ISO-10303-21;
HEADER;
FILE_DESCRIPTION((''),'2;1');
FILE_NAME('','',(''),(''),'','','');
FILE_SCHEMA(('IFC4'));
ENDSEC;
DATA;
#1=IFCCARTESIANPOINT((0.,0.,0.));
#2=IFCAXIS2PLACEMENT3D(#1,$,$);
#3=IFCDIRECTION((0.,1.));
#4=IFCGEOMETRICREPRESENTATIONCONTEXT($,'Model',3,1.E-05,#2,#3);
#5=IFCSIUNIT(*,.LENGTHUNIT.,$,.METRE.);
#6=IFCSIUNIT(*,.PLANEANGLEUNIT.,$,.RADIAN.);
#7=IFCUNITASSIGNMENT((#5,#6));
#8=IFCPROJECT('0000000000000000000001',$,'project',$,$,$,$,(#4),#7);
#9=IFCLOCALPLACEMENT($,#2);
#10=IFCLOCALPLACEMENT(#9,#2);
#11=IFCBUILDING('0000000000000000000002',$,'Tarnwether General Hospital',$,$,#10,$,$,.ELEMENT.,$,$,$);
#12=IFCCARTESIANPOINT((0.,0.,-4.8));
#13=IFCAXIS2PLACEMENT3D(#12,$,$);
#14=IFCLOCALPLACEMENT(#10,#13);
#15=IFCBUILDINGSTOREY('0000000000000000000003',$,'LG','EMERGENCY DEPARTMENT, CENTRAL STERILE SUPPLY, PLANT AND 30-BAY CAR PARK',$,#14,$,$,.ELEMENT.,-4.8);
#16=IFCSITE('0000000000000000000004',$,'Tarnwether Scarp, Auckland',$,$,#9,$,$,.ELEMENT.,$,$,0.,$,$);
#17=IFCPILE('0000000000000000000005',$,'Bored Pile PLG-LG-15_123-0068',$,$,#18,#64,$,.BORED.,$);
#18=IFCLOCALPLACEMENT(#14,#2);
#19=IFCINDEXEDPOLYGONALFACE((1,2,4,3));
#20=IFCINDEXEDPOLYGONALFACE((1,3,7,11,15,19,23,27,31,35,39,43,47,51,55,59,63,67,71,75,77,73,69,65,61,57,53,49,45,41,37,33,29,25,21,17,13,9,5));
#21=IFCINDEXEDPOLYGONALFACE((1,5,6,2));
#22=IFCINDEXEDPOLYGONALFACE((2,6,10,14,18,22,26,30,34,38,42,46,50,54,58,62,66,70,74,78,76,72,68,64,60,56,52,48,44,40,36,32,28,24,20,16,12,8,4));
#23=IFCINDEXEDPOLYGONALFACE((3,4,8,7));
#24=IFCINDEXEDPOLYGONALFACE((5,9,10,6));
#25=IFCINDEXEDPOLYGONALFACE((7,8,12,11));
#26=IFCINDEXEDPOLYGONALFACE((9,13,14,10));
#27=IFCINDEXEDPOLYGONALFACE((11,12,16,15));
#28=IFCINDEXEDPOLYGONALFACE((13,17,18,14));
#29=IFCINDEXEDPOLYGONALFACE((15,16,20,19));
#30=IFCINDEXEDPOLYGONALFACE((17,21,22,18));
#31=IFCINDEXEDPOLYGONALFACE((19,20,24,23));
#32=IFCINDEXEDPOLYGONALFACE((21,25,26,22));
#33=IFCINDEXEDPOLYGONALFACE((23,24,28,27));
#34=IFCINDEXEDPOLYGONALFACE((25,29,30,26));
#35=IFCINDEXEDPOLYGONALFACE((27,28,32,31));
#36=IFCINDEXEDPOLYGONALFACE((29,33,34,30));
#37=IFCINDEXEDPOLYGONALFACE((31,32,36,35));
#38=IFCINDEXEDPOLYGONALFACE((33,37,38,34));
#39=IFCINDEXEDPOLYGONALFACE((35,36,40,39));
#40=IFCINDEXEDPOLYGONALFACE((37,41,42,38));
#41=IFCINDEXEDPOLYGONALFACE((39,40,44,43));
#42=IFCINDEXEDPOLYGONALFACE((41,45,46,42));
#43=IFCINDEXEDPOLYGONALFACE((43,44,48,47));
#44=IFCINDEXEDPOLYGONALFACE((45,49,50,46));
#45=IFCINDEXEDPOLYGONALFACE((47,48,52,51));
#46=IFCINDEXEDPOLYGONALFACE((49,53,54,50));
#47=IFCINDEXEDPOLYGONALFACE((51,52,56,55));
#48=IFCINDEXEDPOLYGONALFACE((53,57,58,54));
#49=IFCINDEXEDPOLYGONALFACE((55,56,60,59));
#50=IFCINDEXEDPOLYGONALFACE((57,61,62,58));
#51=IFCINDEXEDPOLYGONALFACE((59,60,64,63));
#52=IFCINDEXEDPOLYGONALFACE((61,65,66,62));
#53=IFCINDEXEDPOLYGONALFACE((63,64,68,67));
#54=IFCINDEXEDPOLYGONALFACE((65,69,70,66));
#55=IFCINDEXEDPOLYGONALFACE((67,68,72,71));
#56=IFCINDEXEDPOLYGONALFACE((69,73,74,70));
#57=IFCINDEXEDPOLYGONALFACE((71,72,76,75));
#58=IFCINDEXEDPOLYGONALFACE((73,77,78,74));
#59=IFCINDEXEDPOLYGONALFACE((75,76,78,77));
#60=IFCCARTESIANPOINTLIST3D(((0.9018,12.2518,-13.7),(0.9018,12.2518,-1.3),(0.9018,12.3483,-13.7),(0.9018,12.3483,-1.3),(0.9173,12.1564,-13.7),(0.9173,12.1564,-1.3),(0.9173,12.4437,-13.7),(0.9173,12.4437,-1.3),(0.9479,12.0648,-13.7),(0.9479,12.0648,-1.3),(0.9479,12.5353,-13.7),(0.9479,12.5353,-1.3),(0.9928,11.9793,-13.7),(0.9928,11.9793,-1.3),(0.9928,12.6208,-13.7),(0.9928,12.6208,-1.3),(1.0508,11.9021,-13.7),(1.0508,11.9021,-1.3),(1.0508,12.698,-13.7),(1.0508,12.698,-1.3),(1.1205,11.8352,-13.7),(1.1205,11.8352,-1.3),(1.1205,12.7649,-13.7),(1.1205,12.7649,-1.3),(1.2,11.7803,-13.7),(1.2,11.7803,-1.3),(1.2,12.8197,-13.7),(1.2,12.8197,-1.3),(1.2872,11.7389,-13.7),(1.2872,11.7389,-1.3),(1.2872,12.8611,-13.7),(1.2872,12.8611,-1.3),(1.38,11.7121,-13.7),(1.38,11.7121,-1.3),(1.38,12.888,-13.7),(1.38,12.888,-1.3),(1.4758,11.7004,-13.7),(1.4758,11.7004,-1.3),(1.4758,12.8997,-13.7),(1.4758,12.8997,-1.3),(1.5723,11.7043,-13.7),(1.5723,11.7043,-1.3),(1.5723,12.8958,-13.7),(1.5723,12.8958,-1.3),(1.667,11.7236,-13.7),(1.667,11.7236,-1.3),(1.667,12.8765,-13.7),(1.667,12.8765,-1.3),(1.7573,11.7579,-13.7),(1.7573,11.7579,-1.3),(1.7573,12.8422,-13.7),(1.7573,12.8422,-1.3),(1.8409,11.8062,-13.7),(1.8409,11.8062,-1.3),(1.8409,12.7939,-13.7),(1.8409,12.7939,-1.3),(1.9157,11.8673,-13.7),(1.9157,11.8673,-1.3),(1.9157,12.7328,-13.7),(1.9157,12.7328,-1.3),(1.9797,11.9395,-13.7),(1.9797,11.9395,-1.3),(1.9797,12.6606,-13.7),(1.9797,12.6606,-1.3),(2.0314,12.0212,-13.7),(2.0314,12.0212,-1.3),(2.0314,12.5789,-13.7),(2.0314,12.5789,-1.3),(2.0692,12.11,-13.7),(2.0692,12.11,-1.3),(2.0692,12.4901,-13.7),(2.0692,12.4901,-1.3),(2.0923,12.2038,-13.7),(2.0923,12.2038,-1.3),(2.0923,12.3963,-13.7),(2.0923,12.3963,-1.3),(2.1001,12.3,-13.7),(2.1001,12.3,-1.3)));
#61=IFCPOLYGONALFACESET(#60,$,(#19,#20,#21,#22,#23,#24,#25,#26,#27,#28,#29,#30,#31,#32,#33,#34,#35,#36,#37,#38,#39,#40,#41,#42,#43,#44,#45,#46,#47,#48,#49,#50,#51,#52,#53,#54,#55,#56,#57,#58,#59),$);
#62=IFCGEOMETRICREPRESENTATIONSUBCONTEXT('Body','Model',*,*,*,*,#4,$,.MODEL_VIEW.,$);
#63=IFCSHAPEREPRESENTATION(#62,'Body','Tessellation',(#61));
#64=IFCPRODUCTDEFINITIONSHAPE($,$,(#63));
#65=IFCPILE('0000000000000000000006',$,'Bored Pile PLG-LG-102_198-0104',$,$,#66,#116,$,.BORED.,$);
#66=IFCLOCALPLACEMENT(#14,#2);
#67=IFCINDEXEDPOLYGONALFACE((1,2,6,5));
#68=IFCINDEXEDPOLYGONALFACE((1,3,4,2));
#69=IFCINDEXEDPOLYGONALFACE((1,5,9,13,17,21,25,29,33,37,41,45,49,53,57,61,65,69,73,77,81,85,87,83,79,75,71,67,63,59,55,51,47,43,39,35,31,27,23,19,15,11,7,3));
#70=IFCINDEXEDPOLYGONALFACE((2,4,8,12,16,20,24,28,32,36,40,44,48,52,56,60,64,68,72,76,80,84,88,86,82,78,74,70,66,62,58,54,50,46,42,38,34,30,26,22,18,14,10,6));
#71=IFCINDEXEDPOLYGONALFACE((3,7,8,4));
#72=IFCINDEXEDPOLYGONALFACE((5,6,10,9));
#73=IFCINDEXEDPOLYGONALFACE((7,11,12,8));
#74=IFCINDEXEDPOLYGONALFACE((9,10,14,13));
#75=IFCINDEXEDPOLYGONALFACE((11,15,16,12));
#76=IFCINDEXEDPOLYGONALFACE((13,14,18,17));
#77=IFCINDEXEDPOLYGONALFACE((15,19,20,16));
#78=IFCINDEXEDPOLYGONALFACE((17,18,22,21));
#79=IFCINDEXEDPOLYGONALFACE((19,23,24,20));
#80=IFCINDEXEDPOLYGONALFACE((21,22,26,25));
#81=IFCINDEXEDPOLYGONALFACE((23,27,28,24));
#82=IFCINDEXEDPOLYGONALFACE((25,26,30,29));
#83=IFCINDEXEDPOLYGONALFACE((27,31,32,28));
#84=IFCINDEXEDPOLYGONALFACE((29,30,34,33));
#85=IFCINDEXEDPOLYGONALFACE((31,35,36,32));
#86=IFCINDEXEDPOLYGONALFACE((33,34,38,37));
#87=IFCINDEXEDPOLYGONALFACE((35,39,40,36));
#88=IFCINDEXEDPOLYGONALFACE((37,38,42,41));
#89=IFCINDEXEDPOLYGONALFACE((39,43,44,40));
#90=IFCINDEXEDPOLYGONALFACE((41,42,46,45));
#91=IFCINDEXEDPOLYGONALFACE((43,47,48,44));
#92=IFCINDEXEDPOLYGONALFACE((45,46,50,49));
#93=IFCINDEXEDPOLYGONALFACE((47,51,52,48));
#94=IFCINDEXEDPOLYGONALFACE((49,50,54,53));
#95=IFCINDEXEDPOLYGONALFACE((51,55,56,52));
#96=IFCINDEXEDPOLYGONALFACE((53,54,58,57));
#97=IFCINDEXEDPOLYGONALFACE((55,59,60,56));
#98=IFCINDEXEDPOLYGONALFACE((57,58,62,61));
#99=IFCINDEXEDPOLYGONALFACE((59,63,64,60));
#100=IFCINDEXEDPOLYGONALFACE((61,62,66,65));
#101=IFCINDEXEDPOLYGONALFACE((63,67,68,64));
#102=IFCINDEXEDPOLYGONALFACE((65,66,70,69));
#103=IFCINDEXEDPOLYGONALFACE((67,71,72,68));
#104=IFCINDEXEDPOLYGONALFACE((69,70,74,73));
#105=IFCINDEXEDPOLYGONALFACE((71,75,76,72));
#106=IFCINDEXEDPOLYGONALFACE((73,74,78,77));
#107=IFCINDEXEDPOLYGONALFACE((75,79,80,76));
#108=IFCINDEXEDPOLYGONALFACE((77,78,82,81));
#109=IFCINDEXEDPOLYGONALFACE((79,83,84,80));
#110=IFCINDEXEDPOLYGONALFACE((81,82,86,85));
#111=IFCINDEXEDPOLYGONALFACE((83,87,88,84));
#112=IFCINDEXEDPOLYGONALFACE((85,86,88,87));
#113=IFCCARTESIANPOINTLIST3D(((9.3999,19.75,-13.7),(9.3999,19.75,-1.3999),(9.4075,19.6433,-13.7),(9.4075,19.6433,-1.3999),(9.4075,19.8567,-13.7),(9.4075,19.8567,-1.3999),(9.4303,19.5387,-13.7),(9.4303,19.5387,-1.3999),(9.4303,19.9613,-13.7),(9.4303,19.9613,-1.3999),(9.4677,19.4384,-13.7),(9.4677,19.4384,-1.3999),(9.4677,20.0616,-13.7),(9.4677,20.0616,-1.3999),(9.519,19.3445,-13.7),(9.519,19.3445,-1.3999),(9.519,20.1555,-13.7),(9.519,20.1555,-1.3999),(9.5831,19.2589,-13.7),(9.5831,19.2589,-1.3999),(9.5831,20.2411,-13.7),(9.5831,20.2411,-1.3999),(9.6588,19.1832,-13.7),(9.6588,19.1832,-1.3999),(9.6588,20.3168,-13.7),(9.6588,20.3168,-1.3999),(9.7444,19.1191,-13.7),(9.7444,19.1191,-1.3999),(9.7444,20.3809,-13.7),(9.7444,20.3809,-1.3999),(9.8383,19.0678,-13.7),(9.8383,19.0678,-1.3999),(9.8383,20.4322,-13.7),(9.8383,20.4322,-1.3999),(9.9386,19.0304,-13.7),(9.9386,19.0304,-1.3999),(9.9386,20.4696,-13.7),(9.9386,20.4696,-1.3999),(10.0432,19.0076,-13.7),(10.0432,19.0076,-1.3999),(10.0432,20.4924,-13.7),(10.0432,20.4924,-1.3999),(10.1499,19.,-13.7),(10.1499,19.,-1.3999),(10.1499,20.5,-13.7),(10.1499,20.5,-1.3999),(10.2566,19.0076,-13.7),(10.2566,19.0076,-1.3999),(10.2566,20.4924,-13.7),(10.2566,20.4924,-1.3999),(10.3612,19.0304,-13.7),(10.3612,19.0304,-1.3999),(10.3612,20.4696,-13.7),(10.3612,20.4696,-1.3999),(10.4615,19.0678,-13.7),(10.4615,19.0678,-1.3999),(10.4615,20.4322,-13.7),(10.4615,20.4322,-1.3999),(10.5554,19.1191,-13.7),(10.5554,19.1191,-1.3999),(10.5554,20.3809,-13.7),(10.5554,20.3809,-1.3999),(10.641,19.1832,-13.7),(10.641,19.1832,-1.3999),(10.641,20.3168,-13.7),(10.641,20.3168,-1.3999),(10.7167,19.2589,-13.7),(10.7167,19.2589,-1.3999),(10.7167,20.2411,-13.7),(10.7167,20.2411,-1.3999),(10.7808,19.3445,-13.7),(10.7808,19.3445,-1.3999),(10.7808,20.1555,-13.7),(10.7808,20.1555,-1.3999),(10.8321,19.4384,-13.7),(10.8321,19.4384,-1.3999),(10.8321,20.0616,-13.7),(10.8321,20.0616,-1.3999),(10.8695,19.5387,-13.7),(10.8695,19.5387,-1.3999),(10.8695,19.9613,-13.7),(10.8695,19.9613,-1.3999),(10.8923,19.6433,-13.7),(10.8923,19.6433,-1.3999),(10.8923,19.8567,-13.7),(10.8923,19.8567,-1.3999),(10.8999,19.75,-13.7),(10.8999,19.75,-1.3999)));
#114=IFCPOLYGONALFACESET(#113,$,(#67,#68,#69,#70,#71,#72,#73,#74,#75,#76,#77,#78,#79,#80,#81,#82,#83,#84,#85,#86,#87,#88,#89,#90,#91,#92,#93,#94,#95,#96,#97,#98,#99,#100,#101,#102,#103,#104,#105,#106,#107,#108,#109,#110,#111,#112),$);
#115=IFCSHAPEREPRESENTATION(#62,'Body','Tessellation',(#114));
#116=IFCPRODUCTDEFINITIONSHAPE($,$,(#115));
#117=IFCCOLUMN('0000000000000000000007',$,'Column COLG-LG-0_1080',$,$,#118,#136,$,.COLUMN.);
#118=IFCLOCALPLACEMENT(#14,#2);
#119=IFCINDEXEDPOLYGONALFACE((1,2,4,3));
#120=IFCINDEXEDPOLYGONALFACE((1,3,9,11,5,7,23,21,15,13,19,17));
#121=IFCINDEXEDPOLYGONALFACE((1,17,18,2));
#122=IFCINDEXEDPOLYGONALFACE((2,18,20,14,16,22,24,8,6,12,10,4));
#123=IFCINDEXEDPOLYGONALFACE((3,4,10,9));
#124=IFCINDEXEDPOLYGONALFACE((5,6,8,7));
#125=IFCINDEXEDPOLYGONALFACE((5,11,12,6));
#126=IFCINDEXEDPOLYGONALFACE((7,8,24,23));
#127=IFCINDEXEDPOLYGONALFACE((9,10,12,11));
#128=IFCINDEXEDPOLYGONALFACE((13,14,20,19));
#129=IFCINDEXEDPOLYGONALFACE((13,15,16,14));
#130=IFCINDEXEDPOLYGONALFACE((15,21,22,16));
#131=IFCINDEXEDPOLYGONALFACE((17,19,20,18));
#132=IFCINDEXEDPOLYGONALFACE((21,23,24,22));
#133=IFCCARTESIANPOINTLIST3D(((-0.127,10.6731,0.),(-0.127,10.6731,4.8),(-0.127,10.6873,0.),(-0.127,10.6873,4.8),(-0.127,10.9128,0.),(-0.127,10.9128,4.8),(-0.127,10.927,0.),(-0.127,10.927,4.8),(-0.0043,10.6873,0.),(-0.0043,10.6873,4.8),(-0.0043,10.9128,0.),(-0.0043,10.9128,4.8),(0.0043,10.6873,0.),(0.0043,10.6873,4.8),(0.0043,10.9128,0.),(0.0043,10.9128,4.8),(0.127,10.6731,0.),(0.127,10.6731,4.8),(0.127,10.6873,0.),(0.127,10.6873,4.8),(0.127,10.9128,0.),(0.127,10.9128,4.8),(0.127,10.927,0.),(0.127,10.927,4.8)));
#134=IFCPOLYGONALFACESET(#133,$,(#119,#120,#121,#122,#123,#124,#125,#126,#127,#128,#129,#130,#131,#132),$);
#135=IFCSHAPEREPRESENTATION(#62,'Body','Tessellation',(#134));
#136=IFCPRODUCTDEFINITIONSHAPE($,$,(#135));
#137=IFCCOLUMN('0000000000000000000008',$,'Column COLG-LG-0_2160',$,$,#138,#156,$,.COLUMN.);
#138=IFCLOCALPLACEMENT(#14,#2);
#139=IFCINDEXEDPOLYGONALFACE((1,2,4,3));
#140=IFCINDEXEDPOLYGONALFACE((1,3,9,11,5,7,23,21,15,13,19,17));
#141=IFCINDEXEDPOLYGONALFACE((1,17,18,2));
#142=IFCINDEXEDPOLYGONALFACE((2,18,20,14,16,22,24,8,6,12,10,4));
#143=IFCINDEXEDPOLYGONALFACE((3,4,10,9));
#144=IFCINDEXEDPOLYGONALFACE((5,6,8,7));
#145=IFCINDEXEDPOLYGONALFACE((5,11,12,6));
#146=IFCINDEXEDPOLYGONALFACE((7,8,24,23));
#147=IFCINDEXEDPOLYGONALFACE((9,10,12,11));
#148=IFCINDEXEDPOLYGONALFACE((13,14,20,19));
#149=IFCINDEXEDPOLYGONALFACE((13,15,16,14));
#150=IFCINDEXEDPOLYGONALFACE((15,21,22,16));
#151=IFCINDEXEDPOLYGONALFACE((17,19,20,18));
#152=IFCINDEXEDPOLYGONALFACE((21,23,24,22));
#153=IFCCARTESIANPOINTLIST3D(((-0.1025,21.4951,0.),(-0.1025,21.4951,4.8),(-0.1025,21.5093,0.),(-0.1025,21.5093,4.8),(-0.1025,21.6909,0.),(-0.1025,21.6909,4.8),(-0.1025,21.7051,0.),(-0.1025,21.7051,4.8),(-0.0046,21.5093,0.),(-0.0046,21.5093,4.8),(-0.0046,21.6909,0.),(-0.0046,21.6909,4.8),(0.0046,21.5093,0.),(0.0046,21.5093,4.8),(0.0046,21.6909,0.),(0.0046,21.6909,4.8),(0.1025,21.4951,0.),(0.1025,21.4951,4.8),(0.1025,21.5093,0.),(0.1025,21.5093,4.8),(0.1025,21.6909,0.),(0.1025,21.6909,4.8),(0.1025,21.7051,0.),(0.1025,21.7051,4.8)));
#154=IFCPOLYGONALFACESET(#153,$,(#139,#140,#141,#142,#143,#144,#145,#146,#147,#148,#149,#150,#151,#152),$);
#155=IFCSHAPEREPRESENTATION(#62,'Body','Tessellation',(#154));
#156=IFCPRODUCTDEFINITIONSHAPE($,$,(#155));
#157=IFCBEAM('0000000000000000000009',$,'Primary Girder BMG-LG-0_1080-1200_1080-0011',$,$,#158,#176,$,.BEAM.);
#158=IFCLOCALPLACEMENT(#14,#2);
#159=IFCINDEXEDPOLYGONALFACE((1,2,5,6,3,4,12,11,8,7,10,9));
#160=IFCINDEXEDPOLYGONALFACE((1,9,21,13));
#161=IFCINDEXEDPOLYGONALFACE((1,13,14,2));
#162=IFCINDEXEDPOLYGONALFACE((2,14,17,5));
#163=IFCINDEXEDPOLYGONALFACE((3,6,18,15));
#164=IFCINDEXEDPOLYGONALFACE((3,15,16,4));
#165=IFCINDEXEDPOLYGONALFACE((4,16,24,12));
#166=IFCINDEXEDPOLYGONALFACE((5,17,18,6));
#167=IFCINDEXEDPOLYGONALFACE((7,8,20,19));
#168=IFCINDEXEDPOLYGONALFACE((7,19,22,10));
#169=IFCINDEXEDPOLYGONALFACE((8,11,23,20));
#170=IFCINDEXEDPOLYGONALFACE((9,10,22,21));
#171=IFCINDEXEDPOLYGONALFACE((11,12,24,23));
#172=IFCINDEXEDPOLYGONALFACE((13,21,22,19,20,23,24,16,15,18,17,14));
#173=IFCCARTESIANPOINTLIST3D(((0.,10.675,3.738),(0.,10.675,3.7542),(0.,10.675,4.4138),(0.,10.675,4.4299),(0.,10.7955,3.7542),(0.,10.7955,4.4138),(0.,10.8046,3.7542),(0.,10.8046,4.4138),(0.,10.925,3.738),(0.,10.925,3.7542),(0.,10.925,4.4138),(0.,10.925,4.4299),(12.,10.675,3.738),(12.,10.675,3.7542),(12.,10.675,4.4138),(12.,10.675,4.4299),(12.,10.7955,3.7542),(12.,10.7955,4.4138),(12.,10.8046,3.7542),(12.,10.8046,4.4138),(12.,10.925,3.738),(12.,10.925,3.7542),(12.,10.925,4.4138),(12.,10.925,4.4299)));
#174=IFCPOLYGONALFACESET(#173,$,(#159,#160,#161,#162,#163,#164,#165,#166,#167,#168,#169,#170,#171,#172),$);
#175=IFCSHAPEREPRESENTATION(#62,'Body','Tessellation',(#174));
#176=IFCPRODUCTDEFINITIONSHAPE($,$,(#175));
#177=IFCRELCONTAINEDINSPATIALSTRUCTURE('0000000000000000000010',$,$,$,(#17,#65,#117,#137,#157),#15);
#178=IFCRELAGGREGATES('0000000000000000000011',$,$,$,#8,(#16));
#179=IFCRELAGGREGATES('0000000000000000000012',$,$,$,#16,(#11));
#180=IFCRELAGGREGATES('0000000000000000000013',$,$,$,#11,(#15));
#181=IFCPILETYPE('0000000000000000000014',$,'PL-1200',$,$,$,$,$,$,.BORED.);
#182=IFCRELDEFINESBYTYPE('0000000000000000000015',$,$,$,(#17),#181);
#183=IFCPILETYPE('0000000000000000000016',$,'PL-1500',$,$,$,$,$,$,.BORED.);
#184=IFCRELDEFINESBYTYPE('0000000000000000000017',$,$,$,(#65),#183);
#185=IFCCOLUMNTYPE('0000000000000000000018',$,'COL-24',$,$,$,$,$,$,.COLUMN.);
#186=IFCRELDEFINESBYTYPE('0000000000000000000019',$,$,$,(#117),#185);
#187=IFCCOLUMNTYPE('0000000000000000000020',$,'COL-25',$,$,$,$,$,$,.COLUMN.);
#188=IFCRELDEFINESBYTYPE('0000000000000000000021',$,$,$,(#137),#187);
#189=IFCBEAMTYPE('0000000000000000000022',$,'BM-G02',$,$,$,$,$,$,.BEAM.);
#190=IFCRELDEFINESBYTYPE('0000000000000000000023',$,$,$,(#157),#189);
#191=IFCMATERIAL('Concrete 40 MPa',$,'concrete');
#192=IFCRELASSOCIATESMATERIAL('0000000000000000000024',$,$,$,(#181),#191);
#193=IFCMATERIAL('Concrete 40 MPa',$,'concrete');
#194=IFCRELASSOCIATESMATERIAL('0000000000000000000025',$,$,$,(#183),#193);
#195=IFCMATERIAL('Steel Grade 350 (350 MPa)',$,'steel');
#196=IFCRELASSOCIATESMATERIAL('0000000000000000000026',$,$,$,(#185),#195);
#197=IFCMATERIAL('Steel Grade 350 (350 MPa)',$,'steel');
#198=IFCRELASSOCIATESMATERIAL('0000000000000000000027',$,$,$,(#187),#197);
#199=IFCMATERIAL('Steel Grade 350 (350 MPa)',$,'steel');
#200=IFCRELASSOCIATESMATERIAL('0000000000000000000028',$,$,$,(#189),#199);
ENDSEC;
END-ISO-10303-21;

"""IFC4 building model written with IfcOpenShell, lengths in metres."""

from ifc_helpers import new_model, si_unit, direction, frame, origin, origin_2d, place, context, subcontext, project, spatial, circle, i_section, extrude, material, material_profile, profile_set, type_object, element, save


model = new_model("IFC4")

# Units and contexts
model_context = context("Model", 3, precision=1e-05, world=origin(), true_north=direction((0.0, 1.0)))
body_context = subcontext(model_context, "Body", "Model", "MODEL_VIEW")
ifc_project = project(units=[si_unit("LENGTHUNIT", "METRE"), si_unit("PLANEANGLEUNIT", "RADIAN")], contexts=[model_context])

# Site, building, storey
site_placement = place(None, origin())
site = spatial("IfcSite", under=ifc_project, at=site_placement, Name="Tarnwether Scarp, Auckland", CompositionType="ELEMENT", RefElevation=0.0)
building_placement = place(site_placement, origin())
building = spatial("IfcBuilding", under=site, at=building_placement, Name="Tarnwether General Hospital", CompositionType="ELEMENT")
storey_placement = place(building_placement, frame((0.0, 0.0, -4.8)))
storey = spatial("IfcBuildingStorey", under=building, at=storey_placement, Name="LG", Description="EMERGENCY DEPARTMENT, CENTRAL STERILE SUPPLY, PLANT AND 30-BAY CAR PARK", CompositionType="ELEMENT", Elevation=-4.8)

# Piles
ifc_material_1 = material(Name="Concrete 40 MPa", Category="concrete")
ifc_material_profile_1 = material_profile(ifc_material_1, circle(Radius=0.6001, at=origin_2d()), Name="PILE-D1200")
ifc_profile_set_1 = profile_set([ifc_material_profile_1], Name="Concrete 40 MPa")
pile_type_1 = type_object("IfcPileType", Name="PL-1200", PredefinedType="BORED", material=ifc_profile_set_1)
pile_1_placement = place(storey_placement, frame((1.5, 12.3, -1.3), z_axis=(0.0, 0.0, -1.0), x_axis=(1.0, 0.0, 0.0)))
element("IfcPile", 1, at=pile_1_placement, inside=storey, type_object=pile_type_1, Name="Bored Pile PLG-LG-15_123-0068", PredefinedType="BORED", context=body_context, shape_type="SweptSolid", body=[
    extrude(circle(Radius=0.6001, at=origin_2d()), origin(), (0.0, 0.0, 1.0), 12.3999),
])
ifc_material_2 = material(Name="Concrete 40 MPa", Category="concrete")
ifc_material_profile_2 = material_profile(ifc_material_2, circle(Radius=0.75, at=origin_2d()), Name="PILE-D1500")
ifc_profile_set_2 = profile_set([ifc_material_profile_2], Name="Concrete 40 MPa")
pile_type_2 = type_object("IfcPileType", Name="PL-1500", PredefinedType="BORED", material=ifc_profile_set_2)
pile_2_placement = place(storey_placement, frame((10.1499, 19.75, -1.3999), z_axis=(0.0, 0.0, -1.0), x_axis=(1.0, 0.0, 0.0)))
element("IfcPile", 2, at=pile_2_placement, inside=storey, type_object=pile_type_2, Name="Bored Pile PLG-LG-102_198-0104", PredefinedType="BORED", context=body_context, shape_type="SweptSolid", body=[
    extrude(circle(Radius=0.75, at=origin_2d()), origin(), (0.0, 0.0, 1.0), 12.3),
])

# Columns
ifc_material_3 = material(Name="Steel Grade 350 (350 MPa)", Category="steel")
ifc_material_profile_3 = material_profile(ifc_material_3, i_section(OverallWidth=0.2539, OverallDepth=0.2539, WebThickness=0.0085, FlangeThickness=0.0142, at=origin_2d()), Name="250UC72.9")
ifc_profile_set_3 = profile_set([ifc_material_profile_3], Name="Steel Grade 350 (350 MPa)")
column_type_1 = type_object("IfcColumnType", Name="COL-24", PredefinedType="COLUMN", material=ifc_profile_set_3)
column_1_placement = place(storey_placement, frame((0.0, 10.8, 0.0), z_axis=(0.0, 0.0, 1.0), x_axis=(1.0, 0.0, 0.0)))
element("IfcColumn", 3, at=column_1_placement, inside=storey, type_object=column_type_1, Name="Column COLG-LG-0_1080", PredefinedType="COLUMN", context=body_context, shape_type="SweptSolid", body=[
    extrude(i_section(OverallWidth=0.2539, OverallDepth=0.2539, WebThickness=0.0085, FlangeThickness=0.0142, at=origin_2d()), origin(), (0.0, 0.0, 1.0), 4.8),
])
ifc_material_4 = material(Name="Steel Grade 350 (350 MPa)", Category="steel")
ifc_material_profile_4 = material_profile(ifc_material_4, i_section(OverallWidth=0.2051, OverallDepth=0.21, WebThickness=0.0093, FlangeThickness=0.0142, at=origin_2d()), Name="200UC59.5")
ifc_profile_set_4 = profile_set([ifc_material_profile_4], Name="Steel Grade 350 (350 MPa)")
column_type_2 = type_object("IfcColumnType", Name="COL-25", PredefinedType="COLUMN", material=ifc_profile_set_4)
column_2_placement = place(storey_placement, frame((0.0, 21.6001, 0.0), z_axis=(0.0, 0.0, 1.0), x_axis=(1.0, 0.0, 0.0)))
element("IfcColumn", 4, at=column_2_placement, inside=storey, type_object=column_type_2, Name="Column COLG-LG-0_2160", PredefinedType="COLUMN", context=body_context, shape_type="SweptSolid", body=[
    extrude(i_section(OverallWidth=0.2051, OverallDepth=0.21, WebThickness=0.0093, FlangeThickness=0.0142, at=origin_2d()), origin(), (0.0, 0.0, 1.0), 4.8),
])

# Beam
ifc_material_5 = material(Name="Steel Grade 350 (350 MPa)", Category="steel")
ifc_material_profile_5 = material_profile(ifc_material_5, i_section(OverallWidth=0.25, OverallDepth=0.6919, WebThickness=0.009, FlangeThickness=0.0161, at=origin_2d()), Name="700WB115")
ifc_profile_set_5 = profile_set([ifc_material_profile_5], Name="Steel Grade 350 (350 MPa)")
beam_type_1 = type_object("IfcBeamType", Name="BM-G02", PredefinedType="BEAM", material=ifc_profile_set_5)
beam_1_placement = place(storey_placement, frame((0.0, 10.8, 4.084), z_axis=(1.0, 0.0, 0.0), x_axis=(0.0, 1.0, 0.0)))
element("IfcBeam", 5, at=beam_1_placement, inside=storey, type_object=beam_type_1, Name="Primary Girder BMG-LG-0_1080-1200_1080-0011", PredefinedType="BEAM", context=body_context, shape_type="SweptSolid", body=[
    extrude(i_section(OverallWidth=0.25, OverallDepth=0.6919, WebThickness=0.009, FlangeThickness=0.0161, at=origin_2d()), origin(), (0.0, 0.0, 1.0), 12.0),
])

save(model, "model.ifc")
